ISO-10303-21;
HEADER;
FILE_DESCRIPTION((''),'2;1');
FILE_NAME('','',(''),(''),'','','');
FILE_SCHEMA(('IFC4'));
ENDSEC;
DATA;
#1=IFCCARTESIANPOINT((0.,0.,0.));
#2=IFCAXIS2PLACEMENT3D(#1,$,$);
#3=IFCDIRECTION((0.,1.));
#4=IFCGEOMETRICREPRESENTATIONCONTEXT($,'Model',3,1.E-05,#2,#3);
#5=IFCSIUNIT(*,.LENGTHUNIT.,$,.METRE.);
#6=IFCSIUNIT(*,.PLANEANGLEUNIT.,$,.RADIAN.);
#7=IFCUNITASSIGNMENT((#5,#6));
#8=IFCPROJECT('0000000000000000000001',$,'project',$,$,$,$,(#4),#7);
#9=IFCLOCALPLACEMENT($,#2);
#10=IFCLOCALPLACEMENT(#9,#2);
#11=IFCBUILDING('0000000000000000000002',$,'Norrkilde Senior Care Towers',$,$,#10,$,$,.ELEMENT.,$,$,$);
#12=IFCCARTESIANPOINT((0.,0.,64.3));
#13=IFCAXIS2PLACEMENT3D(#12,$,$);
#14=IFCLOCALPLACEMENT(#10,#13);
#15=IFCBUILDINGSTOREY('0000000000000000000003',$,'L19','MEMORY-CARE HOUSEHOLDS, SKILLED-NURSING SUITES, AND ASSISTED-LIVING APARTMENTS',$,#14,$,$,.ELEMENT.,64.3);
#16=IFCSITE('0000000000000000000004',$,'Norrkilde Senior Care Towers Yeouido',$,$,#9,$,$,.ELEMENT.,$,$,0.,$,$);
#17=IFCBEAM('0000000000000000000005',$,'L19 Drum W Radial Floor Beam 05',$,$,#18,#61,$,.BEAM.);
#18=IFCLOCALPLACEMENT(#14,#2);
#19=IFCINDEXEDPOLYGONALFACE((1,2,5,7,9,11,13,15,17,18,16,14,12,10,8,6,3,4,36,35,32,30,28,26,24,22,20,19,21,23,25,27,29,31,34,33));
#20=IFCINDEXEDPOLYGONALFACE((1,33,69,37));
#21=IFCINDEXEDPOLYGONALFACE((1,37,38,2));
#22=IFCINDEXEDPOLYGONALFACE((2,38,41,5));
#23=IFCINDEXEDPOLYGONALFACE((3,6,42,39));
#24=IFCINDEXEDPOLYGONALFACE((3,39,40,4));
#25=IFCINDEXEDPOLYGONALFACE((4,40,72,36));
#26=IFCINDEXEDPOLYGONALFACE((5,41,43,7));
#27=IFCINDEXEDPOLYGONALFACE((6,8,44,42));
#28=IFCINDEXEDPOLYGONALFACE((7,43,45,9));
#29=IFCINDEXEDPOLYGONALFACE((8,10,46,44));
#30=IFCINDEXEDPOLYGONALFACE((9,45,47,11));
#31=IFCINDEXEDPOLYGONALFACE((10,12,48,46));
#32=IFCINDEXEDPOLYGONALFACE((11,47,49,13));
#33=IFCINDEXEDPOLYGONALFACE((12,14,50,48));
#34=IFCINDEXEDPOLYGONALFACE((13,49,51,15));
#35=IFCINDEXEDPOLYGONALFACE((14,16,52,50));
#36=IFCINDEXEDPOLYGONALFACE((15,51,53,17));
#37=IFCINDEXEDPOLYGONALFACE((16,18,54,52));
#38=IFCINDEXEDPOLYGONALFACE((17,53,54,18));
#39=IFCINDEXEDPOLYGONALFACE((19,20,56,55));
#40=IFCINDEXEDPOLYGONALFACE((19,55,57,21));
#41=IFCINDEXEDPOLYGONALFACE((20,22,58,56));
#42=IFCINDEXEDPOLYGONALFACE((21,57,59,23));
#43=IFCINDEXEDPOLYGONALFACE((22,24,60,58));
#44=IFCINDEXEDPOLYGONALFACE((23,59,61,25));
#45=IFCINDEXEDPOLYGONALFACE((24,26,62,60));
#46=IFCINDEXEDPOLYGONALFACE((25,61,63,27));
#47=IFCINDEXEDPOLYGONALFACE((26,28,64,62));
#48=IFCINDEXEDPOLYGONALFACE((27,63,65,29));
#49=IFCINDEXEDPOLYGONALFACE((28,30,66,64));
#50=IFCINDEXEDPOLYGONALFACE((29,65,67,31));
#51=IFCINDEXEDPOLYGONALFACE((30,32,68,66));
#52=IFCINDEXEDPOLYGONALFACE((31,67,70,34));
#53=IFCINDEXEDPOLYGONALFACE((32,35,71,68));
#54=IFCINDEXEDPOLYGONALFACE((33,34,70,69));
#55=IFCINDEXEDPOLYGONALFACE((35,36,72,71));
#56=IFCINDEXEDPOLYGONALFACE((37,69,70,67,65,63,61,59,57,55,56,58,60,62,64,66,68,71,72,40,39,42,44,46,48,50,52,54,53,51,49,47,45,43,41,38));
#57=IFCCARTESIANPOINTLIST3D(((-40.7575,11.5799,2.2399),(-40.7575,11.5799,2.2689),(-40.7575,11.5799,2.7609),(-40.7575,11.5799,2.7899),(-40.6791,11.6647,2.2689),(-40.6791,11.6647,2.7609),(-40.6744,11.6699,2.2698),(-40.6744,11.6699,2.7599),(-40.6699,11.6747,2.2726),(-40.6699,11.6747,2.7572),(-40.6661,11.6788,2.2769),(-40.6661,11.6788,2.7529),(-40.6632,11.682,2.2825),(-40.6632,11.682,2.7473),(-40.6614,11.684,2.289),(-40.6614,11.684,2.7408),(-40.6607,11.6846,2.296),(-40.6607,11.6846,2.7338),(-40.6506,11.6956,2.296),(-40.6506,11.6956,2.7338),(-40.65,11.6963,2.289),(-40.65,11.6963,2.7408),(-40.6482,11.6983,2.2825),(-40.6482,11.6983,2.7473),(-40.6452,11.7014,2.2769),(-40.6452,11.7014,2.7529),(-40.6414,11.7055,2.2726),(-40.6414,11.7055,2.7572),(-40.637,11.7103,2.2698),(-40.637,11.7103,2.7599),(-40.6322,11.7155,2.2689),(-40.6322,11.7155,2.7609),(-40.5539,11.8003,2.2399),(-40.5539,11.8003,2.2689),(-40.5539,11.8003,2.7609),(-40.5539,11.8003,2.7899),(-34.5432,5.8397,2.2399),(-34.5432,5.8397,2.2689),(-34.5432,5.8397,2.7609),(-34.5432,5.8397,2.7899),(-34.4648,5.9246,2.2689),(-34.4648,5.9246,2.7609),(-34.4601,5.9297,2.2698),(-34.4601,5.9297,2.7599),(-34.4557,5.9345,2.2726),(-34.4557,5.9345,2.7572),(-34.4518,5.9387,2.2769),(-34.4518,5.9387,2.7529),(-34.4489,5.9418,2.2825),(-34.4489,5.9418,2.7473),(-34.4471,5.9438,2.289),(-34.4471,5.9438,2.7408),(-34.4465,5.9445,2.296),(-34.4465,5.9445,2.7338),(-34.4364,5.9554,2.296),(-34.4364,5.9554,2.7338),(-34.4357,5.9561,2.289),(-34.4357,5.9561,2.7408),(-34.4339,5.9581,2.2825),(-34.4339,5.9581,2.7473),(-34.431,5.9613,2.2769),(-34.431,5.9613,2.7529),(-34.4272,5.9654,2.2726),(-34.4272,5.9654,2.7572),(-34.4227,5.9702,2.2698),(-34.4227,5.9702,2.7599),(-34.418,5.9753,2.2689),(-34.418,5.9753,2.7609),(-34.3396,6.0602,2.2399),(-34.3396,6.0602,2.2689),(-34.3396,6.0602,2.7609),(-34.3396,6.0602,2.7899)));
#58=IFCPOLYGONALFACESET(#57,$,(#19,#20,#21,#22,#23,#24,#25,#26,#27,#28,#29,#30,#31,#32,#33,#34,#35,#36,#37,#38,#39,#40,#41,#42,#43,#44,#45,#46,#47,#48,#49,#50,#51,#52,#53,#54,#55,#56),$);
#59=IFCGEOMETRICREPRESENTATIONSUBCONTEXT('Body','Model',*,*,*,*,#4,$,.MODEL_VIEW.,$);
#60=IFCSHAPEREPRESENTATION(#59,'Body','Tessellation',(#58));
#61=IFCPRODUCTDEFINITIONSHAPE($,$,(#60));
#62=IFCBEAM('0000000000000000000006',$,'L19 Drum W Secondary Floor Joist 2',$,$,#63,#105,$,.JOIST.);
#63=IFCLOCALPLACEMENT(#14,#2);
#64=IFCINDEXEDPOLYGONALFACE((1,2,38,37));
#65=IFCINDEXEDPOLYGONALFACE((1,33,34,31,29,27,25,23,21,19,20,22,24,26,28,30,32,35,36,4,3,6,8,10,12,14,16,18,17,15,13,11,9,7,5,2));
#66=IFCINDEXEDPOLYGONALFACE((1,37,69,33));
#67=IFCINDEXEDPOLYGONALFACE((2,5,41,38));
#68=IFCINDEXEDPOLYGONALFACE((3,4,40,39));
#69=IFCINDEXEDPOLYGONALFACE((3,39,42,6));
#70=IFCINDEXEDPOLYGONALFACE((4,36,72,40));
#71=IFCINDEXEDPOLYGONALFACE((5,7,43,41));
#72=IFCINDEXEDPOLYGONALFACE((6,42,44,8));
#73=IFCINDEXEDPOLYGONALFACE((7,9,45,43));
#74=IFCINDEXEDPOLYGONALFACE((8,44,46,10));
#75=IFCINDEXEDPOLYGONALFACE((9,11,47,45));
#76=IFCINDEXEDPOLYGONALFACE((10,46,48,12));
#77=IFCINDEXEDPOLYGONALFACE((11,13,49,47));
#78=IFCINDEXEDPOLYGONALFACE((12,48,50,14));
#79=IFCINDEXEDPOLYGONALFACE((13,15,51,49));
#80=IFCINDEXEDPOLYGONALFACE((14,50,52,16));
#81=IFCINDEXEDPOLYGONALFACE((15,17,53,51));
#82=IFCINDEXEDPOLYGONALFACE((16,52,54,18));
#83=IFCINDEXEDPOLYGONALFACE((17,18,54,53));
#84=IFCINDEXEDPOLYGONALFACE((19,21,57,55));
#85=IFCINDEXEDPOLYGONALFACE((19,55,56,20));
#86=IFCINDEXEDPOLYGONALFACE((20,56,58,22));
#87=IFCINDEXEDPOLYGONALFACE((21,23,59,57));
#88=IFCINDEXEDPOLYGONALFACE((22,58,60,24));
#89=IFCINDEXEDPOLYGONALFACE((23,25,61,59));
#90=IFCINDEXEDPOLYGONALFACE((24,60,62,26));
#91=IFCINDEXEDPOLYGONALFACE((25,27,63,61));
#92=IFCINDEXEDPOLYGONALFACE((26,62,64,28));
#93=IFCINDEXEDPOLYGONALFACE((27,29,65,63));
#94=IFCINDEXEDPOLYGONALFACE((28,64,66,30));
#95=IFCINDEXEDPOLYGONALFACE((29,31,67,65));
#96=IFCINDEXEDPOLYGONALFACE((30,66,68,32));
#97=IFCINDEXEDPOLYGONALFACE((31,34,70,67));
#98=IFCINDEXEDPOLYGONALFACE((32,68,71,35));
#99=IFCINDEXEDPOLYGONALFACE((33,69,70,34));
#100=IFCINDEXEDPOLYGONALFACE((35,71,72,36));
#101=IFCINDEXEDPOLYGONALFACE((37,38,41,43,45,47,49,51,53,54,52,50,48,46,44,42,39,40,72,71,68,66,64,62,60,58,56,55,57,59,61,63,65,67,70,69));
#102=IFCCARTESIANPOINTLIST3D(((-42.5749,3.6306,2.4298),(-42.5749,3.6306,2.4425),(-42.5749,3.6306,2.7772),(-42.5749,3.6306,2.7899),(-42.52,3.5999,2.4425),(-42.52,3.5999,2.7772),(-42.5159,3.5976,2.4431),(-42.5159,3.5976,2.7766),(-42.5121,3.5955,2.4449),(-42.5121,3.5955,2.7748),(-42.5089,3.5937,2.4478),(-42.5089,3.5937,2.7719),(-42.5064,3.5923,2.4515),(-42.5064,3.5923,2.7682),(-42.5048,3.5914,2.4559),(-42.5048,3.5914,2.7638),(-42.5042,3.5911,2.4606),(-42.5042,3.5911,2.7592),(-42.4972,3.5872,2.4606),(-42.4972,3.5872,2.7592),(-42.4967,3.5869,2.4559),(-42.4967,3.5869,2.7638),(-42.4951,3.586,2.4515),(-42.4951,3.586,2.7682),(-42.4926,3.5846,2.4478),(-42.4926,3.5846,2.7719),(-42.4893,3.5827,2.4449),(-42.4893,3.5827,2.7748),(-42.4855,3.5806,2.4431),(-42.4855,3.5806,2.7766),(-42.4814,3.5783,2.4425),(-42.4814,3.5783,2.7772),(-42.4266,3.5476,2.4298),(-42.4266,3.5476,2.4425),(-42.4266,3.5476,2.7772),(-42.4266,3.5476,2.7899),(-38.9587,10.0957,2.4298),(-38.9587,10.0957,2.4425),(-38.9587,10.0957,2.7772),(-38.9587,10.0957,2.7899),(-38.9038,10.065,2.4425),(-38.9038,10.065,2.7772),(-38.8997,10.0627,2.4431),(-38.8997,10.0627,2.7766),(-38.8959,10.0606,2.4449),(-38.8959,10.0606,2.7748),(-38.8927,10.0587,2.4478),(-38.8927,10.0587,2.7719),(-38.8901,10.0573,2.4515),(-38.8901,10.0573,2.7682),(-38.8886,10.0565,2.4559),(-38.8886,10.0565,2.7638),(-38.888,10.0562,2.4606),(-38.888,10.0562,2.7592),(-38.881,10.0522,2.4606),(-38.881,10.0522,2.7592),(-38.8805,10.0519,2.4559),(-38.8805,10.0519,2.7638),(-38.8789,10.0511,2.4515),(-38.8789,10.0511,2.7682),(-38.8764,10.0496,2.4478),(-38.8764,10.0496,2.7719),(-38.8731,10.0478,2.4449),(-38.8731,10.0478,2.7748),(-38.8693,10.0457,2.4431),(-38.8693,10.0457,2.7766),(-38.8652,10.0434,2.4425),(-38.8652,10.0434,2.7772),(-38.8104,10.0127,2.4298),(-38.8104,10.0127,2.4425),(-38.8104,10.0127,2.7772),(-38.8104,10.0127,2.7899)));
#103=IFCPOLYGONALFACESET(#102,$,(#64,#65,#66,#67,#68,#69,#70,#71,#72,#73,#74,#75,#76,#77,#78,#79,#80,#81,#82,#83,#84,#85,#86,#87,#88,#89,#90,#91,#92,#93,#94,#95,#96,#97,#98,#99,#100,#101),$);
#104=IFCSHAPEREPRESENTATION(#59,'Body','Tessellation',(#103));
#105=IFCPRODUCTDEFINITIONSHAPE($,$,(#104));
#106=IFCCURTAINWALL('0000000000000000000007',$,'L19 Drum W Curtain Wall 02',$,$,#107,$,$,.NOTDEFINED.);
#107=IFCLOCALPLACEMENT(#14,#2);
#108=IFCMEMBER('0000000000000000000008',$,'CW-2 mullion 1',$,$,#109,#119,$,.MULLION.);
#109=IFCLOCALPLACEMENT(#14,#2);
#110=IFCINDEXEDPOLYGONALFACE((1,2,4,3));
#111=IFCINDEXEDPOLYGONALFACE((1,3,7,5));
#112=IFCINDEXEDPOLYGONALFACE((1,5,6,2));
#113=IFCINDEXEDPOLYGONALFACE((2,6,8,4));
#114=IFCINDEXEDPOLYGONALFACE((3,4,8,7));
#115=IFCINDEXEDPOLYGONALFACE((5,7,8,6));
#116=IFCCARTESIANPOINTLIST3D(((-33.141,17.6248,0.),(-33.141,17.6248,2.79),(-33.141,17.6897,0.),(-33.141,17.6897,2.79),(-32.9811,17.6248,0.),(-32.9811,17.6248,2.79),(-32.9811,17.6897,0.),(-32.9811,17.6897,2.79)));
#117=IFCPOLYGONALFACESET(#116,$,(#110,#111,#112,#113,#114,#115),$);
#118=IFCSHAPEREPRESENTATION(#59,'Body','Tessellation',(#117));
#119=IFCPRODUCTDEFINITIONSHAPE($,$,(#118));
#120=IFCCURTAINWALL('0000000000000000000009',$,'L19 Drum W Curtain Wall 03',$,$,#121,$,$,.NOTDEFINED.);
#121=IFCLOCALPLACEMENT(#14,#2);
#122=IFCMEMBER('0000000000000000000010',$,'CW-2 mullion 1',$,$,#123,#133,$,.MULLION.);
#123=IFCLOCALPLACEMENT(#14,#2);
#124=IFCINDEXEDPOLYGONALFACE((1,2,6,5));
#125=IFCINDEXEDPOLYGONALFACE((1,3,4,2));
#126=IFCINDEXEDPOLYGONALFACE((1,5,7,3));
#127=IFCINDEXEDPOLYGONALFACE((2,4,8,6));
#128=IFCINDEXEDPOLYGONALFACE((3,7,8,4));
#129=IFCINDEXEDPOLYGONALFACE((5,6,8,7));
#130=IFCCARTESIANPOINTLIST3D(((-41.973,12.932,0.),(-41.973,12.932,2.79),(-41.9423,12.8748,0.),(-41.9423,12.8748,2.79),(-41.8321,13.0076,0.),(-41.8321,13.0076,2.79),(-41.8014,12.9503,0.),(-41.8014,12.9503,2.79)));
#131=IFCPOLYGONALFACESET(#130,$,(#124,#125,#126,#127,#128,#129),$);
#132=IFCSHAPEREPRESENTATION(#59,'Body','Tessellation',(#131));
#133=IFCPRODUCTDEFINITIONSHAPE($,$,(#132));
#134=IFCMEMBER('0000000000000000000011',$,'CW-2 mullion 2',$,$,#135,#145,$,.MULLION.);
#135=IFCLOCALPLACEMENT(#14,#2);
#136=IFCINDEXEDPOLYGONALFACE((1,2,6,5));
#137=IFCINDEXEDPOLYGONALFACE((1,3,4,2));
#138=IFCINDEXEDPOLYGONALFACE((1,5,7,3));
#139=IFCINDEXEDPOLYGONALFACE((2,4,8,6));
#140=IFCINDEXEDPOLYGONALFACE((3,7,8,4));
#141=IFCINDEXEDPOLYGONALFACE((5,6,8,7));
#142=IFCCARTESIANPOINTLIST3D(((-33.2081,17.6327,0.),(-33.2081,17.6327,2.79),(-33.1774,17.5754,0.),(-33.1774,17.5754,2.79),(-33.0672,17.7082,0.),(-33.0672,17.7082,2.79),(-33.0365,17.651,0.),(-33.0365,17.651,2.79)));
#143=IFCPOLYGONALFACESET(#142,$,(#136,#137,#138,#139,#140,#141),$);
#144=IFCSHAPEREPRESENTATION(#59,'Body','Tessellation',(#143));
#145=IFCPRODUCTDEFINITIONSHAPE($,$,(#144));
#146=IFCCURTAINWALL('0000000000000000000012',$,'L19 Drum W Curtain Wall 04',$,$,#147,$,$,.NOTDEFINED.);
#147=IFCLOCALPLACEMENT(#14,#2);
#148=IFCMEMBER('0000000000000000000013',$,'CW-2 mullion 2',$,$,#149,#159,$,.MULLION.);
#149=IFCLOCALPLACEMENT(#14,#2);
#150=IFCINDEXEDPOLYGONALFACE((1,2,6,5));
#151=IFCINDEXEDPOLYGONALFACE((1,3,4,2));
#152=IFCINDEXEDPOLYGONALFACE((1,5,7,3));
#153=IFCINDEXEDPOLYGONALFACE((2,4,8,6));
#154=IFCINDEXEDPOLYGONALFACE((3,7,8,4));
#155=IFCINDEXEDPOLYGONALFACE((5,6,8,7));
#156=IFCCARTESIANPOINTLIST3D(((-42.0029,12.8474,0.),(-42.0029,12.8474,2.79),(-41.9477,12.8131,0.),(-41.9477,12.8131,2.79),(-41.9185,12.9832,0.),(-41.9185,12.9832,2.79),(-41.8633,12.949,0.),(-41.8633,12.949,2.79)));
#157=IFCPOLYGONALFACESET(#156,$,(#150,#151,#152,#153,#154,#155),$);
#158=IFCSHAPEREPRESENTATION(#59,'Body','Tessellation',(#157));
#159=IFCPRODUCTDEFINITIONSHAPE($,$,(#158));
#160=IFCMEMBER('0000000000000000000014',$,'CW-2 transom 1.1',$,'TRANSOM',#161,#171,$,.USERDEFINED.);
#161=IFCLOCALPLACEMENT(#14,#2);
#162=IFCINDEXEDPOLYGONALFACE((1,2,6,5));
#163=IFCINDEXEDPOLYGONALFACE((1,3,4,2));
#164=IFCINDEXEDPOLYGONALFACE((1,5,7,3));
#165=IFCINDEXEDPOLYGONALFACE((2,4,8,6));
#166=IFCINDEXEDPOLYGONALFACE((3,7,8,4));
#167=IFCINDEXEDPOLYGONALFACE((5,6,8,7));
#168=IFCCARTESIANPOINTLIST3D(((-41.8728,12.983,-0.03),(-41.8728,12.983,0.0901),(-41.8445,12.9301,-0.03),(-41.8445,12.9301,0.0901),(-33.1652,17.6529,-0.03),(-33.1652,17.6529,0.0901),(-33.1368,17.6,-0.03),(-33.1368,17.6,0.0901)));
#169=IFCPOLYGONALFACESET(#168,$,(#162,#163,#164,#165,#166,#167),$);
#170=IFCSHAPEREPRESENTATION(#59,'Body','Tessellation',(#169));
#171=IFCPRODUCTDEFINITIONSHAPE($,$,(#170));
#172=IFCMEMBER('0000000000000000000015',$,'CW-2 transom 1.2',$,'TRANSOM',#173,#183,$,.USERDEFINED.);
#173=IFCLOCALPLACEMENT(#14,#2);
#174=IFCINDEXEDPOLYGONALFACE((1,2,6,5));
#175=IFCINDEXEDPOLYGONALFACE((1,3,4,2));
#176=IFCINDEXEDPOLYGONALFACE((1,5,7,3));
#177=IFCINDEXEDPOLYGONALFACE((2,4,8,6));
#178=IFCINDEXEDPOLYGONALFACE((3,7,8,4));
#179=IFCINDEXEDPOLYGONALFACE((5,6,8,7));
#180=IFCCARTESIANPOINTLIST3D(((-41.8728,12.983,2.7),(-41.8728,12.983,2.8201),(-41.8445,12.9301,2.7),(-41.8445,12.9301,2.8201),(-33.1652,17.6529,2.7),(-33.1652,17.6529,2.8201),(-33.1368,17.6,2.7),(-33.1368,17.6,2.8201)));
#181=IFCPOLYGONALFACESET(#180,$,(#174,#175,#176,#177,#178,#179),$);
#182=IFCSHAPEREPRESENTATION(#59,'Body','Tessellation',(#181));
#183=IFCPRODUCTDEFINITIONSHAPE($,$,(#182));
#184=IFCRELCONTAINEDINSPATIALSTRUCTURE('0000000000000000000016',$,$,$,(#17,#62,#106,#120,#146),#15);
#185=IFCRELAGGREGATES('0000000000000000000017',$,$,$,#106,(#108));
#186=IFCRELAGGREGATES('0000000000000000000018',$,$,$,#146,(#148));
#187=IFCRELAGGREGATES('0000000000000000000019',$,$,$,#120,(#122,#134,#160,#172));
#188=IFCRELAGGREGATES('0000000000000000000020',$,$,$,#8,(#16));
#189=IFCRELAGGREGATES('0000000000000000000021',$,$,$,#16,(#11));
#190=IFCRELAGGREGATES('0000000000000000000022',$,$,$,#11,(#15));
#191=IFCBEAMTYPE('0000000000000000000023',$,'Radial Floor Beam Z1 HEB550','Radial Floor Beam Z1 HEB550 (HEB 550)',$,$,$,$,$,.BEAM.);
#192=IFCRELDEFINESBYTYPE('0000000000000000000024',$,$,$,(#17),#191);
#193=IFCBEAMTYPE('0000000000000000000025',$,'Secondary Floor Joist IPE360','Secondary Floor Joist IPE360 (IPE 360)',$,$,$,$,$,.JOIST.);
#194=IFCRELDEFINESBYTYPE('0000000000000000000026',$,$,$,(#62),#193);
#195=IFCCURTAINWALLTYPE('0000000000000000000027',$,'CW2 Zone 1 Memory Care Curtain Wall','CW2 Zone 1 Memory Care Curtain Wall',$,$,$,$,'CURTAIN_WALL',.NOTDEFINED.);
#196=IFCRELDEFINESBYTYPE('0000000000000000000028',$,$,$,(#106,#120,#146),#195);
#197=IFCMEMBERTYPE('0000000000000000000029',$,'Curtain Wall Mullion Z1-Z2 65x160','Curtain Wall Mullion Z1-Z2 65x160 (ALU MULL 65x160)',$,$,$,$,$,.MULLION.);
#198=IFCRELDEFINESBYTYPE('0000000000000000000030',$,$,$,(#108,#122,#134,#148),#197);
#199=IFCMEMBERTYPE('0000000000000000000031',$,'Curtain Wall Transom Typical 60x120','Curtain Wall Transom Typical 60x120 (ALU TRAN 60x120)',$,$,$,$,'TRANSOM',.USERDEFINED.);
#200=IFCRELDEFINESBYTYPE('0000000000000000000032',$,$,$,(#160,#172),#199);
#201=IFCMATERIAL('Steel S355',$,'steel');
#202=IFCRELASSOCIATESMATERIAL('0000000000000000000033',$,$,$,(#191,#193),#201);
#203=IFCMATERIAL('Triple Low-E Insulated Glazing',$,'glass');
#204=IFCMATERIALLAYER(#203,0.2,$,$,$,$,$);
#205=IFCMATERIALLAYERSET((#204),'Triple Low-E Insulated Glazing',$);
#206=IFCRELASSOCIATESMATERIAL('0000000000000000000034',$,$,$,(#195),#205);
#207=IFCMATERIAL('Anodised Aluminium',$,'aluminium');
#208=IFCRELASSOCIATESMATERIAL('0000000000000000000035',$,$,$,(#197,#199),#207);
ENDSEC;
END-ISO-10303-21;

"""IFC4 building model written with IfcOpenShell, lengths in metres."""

from ifc_helpers import new_model, si_unit, direction, frame, origin, origin_2d, place, context, subcontext, project, spatial, rectangle, i_section, extrude, source, transform, mapped, material, layer, layer_set, material_profile, profile_set, type_object, type_shapes, element, aggregate, save


model = new_model("IFC4")

# Units and contexts
model_context = context("Model", 3, precision=1e-05, world=origin(), true_north=direction((0.0, 1.0)))
body_context = subcontext(model_context, "Body", "Model", "MODEL_VIEW")
ifc_project = project(units=[si_unit("LENGTHUNIT", "METRE"), si_unit("PLANEANGLEUNIT", "RADIAN")], contexts=[model_context])

# Site, building, storey
site_placement = place(None, origin())
site = spatial("IfcSite", under=ifc_project, at=site_placement, Name="Norrkilde Senior Care Towers Yeouido", CompositionType="ELEMENT", RefElevation=0.0)
building_placement = place(site_placement, origin())
building = spatial("IfcBuilding", under=site, at=building_placement, Name="Norrkilde Senior Care Towers", CompositionType="ELEMENT")
storey_placement = place(building_placement, frame((0.0, 0.0, 64.3)))
storey = spatial("IfcBuildingStorey", under=building, at=storey_placement, Name="L19", Description="MEMORY-CARE HOUSEHOLDS, SKILLED-NURSING SUITES, AND ASSISTED-LIVING APARTMENTS", CompositionType="ELEMENT", Elevation=64.3)

# Beams
ifc_material_1 = material(Name="Steel S355", Category="steel")
ifc_material_profile_1 = material_profile(ifc_material_1, i_section(OverallWidth=0.3, OverallDepth=0.55, WebThickness=0.0149, FlangeThickness=0.0291, FilletRadius=0.0271, at=origin_2d()), Name="HEB 550")
ifc_profile_set_1 = profile_set([ifc_material_profile_1], Name="Steel S355")
beam_type_1 = type_object("IfcBeamType", Name="Radial Floor Beam Z1 HEB550", Description="Radial Floor Beam Z1 HEB550 (HEB 550)", PredefinedType="BEAM", material=ifc_profile_set_1)
shared_shape_1 = source(origin(), body_context, "Body", "SweptSolid", [
    extrude(i_section(OverallWidth=0.3, OverallDepth=0.55, WebThickness=0.0149, FlangeThickness=0.0291, FilletRadius=0.0271, at=origin_2d()), origin(), (0.0, 0.0, 1.0), 8.4597),
])
type_shapes(beam_type_1, [shared_shape_1])
beam_1_placement = place(storey_placement, frame((-34.4414, 5.95, 2.5149), z_axis=(-0.734573, 0.678529, 0.0), x_axis=(-0.678529, -0.734573, 0.0)))
element("IfcBeam", 1, at=beam_1_placement, inside=storey, type_object=beam_type_1, Name="L19 Drum W Radial Floor Beam 05", PredefinedType="BEAM", context=body_context, shape_type="MappedRepresentation", body=[
    mapped(shared_shape_1, transform((0.0, 0.0, 0.0), x_axis=(1.0, 0.0, 0.0), y_axis=(0.0, 1.0, 0.0), z_axis=(0.0, 0.0, 1.0), scale=1.0)),
])
ifc_material_profile_2 = material_profile(ifc_material_1, i_section(OverallWidth=0.1699, OverallDepth=0.3601, WebThickness=0.0081, FlangeThickness=0.0127, FilletRadius=0.0181, at=origin_2d()), Name="IPE 360")
ifc_profile_set_2 = profile_set([ifc_material_profile_2], Name="Steel S355")
beam_type_2 = type_object("IfcBeamType", Name="Secondary Floor Joist IPE360", Description="Secondary Floor Joist IPE360 (IPE 360)", PredefinedType="JOIST", material=ifc_profile_set_2)
shared_shape_2 = source(origin(), body_context, "Body", "SweptSolid", [
    extrude(i_section(OverallWidth=0.1699, OverallDepth=0.3601, WebThickness=0.0081, FlangeThickness=0.0127, FilletRadius=0.0181, at=origin_2d()), origin(), (0.0, 0.0, 1.0), 7.4077),
])
type_shapes(beam_type_2, [shared_shape_2])
beam_2_placement = place(storey_placement, frame((-38.8845, 10.0542, 2.6099), z_axis=(-0.488168, -0.87275, 0.0), x_axis=(0.87275, -0.488168, 0.0)))
element("IfcBeam", 2, at=beam_2_placement, inside=storey, type_object=beam_type_2, Name="L19 Drum W Secondary Floor Joist 2", PredefinedType="JOIST", context=body_context, shape_type="MappedRepresentation", body=[
    mapped(shared_shape_2, transform((0.0, 0.0, 0.0), x_axis=(1.0, 0.0, 0.0), y_axis=(0.0, 1.0, 0.0), z_axis=(0.0, 0.0, 1.0), scale=1.0)),
])

# Curtain wall, member
ifc_material_2 = material(Name="Triple Low-E Insulated Glazing", Category="glass")
ifc_layer_1 = layer(ifc_material_2, 0.2)
ifc_layer_set_1 = layer_set([ifc_layer_1], Name="Triple Low-E Insulated Glazing")
curtain_wall_type = type_object("IfcCurtainWallType", Name="CW2 Zone 1 Memory Care Curtain Wall", Description="CW2 Zone 1 Memory Care Curtain Wall", ElementType="CURTAIN_WALL", PredefinedType="NOTDEFINED", material=ifc_layer_set_1)
curtain_wall_1_placement = place(storey_placement, origin())
curtain_wall_1 = element("IfcCurtainWall", 3, at=curtain_wall_1_placement, inside=storey, type_object=curtain_wall_type, Name="L19 Drum W Curtain Wall 02", PredefinedType="NOTDEFINED")
ifc_material_3 = material(Name="Anodised Aluminium", Category="aluminium")
ifc_material_profile_3 = material_profile(ifc_material_3, rectangle(XDim=0.0649, YDim=0.1599, at=origin_2d()), Name="ALU MULL 65x160")
ifc_profile_set_3 = profile_set([ifc_material_profile_3], Name="Anodised Aluminium")
member_type_1 = type_object("IfcMemberType", Name="Curtain Wall Mullion Z1-Z2 65x160", Description="Curtain Wall Mullion Z1-Z2 65x160 (ALU MULL 65x160)", PredefinedType="MULLION", material=ifc_profile_set_3)
shared_shape_3 = source(origin(), body_context, "Body", "SweptSolid", [
    extrude(rectangle(XDim=0.0649, YDim=0.1599, at=origin_2d()), origin(), (0.0, 0.0, 1.0), 2.79),
])
type_shapes(member_type_1, [shared_shape_3])
member_1_placement = place(storey_placement, frame((-33.061, 17.6572, 0.0), z_axis=(0.0, 0.0, 1.0), x_axis=(0.0, 1.0, 0.0)))
member_1 = element("IfcMember", 4, at=member_1_placement, type_object=member_type_1, Name="CW-2 mullion 1", PredefinedType="MULLION", context=body_context, shape_type="MappedRepresentation", body=[
    mapped(shared_shape_3, transform((0.0, 0.0, 0.0), x_axis=(1.0, 0.0, 0.0), y_axis=(0.0, 1.0, 0.0), z_axis=(0.0, 0.0, 1.0), scale=1.0)),
])

# Curtain wall, members
curtain_wall_2_placement = place(storey_placement, origin())
curtain_wall_2 = element("IfcCurtainWall", 5, at=curtain_wall_2_placement, inside=storey, type_object=curtain_wall_type, Name="L19 Drum W Curtain Wall 03", PredefinedType="NOTDEFINED")
member_2_placement = place(storey_placement, frame((-41.8872, 12.9412, 0.0), z_axis=(0.0, 0.0, 1.0), x_axis=(-0.472608, 0.881273, 0.0)))
member_2 = element("IfcMember", 6, at=member_2_placement, type_object=member_type_1, Name="CW-2 mullion 1", PredefinedType="MULLION", context=body_context, shape_type="MappedRepresentation", body=[
    mapped(shared_shape_3, transform((0.0, 0.0, 0.0), x_axis=(1.0, 0.0, 0.0), y_axis=(0.0, 1.0, 0.0), z_axis=(0.0, 0.0, 1.0), scale=1.0)),
])
member_3_placement = place(storey_placement, frame((-33.1223, 17.6418, 0.0), z_axis=(0.0, 0.0, 1.0), x_axis=(-0.472608, 0.881273, 0.0)))
member_3 = element("IfcMember", 7, at=member_3_placement, type_object=member_type_1, Name="CW-2 mullion 2", PredefinedType="MULLION", context=body_context, shape_type="MappedRepresentation", body=[
    mapped(shared_shape_3, transform((0.0, 0.0, 0.0), x_axis=(1.0, 0.0, 0.0), y_axis=(0.0, 1.0, 0.0), z_axis=(0.0, 0.0, 1.0), scale=1.0)),
])

# Curtain wall, member
curtain_wall_3_placement = place(storey_placement, origin())
curtain_wall_3 = element("IfcCurtainWall", 8, at=curtain_wall_3_placement, inside=storey, type_object=curtain_wall_type, Name="L19 Drum W Curtain Wall 04", PredefinedType="NOTDEFINED")
member_4_placement = place(storey_placement, frame((-41.9331, 12.8982, 0.0), z_axis=(0.0, 0.0, 1.0), x_axis=(-0.849306, 0.527901, 0.0)))
member_4 = element("IfcMember", 9, at=member_4_placement, type_object=member_type_1, Name="CW-2 mullion 2", PredefinedType="MULLION", context=body_context, shape_type="MappedRepresentation", body=[
    mapped(shared_shape_3, transform((0.0, 0.0, 0.0), x_axis=(1.0, 0.0, 0.0), y_axis=(0.0, 1.0, 0.0), z_axis=(0.0, 0.0, 1.0), scale=1.0)),
])

# Members
ifc_material_profile_4 = material_profile(ifc_material_3, rectangle(XDim=0.0601, YDim=0.1201, at=origin_2d()), Name="ALU TRAN 60x120")
ifc_profile_set_4 = profile_set([ifc_material_profile_4], Name="Anodised Aluminium")
member_type_2 = type_object("IfcMemberType", Name="Curtain Wall Transom Typical 60x120", Description="Curtain Wall Transom Typical 60x120 (ALU TRAN 60x120)", ElementType="TRANSOM", PredefinedType="USERDEFINED", material=ifc_profile_set_4)
shared_shape_4 = source(origin(), body_context, "Body", "SweptSolid", [
    extrude(rectangle(XDim=0.0601, YDim=0.1201, at=origin_2d()), origin(), (0.0, 0.0, 1.0), 9.8809),
])
member_5_placement = place(storey_placement, frame((-41.8586, 12.9565, 0.03), z_axis=(0.881267, 0.472618, 0.0), x_axis=(-0.472618, 0.881267, 0.0)))
member_5 = element("IfcMember", 10, at=member_5_placement, type_object=member_type_2, Name="CW-2 transom 1.1", ObjectType="TRANSOM", PredefinedType="USERDEFINED", context=body_context, shape_type="MappedRepresentation", body=[
    mapped(shared_shape_4, transform((0.0, 0.0, 0.0), x_axis=(1.0, 0.0, 0.0), y_axis=(0.0, 1.0, 0.0), z_axis=(0.0, 0.0, 1.0), scale=1.0)),
])
member_6_placement = place(storey_placement, frame((-41.8586, 12.9565, 2.76), z_axis=(0.881267, 0.472618, 0.0), x_axis=(-0.472618, 0.881267, 0.0)))
member_6 = element("IfcMember", 11, at=member_6_placement, type_object=member_type_2, Name="CW-2 transom 1.2", ObjectType="TRANSOM", PredefinedType="USERDEFINED", context=body_context, shape_type="MappedRepresentation", body=[
    mapped(shared_shape_4, transform((0.0, 0.0, 0.0), x_axis=(1.0, 0.0, 0.0), y_axis=(0.0, 1.0, 0.0), z_axis=(0.0, 0.0, 1.0), scale=1.0)),
])
aggregate(curtain_wall_1, [member_1])

aggregate(curtain_wall_3, [member_4])
aggregate(curtain_wall_2, [member_2, member_3, member_5, member_6])

save(model, "model.ifc")
